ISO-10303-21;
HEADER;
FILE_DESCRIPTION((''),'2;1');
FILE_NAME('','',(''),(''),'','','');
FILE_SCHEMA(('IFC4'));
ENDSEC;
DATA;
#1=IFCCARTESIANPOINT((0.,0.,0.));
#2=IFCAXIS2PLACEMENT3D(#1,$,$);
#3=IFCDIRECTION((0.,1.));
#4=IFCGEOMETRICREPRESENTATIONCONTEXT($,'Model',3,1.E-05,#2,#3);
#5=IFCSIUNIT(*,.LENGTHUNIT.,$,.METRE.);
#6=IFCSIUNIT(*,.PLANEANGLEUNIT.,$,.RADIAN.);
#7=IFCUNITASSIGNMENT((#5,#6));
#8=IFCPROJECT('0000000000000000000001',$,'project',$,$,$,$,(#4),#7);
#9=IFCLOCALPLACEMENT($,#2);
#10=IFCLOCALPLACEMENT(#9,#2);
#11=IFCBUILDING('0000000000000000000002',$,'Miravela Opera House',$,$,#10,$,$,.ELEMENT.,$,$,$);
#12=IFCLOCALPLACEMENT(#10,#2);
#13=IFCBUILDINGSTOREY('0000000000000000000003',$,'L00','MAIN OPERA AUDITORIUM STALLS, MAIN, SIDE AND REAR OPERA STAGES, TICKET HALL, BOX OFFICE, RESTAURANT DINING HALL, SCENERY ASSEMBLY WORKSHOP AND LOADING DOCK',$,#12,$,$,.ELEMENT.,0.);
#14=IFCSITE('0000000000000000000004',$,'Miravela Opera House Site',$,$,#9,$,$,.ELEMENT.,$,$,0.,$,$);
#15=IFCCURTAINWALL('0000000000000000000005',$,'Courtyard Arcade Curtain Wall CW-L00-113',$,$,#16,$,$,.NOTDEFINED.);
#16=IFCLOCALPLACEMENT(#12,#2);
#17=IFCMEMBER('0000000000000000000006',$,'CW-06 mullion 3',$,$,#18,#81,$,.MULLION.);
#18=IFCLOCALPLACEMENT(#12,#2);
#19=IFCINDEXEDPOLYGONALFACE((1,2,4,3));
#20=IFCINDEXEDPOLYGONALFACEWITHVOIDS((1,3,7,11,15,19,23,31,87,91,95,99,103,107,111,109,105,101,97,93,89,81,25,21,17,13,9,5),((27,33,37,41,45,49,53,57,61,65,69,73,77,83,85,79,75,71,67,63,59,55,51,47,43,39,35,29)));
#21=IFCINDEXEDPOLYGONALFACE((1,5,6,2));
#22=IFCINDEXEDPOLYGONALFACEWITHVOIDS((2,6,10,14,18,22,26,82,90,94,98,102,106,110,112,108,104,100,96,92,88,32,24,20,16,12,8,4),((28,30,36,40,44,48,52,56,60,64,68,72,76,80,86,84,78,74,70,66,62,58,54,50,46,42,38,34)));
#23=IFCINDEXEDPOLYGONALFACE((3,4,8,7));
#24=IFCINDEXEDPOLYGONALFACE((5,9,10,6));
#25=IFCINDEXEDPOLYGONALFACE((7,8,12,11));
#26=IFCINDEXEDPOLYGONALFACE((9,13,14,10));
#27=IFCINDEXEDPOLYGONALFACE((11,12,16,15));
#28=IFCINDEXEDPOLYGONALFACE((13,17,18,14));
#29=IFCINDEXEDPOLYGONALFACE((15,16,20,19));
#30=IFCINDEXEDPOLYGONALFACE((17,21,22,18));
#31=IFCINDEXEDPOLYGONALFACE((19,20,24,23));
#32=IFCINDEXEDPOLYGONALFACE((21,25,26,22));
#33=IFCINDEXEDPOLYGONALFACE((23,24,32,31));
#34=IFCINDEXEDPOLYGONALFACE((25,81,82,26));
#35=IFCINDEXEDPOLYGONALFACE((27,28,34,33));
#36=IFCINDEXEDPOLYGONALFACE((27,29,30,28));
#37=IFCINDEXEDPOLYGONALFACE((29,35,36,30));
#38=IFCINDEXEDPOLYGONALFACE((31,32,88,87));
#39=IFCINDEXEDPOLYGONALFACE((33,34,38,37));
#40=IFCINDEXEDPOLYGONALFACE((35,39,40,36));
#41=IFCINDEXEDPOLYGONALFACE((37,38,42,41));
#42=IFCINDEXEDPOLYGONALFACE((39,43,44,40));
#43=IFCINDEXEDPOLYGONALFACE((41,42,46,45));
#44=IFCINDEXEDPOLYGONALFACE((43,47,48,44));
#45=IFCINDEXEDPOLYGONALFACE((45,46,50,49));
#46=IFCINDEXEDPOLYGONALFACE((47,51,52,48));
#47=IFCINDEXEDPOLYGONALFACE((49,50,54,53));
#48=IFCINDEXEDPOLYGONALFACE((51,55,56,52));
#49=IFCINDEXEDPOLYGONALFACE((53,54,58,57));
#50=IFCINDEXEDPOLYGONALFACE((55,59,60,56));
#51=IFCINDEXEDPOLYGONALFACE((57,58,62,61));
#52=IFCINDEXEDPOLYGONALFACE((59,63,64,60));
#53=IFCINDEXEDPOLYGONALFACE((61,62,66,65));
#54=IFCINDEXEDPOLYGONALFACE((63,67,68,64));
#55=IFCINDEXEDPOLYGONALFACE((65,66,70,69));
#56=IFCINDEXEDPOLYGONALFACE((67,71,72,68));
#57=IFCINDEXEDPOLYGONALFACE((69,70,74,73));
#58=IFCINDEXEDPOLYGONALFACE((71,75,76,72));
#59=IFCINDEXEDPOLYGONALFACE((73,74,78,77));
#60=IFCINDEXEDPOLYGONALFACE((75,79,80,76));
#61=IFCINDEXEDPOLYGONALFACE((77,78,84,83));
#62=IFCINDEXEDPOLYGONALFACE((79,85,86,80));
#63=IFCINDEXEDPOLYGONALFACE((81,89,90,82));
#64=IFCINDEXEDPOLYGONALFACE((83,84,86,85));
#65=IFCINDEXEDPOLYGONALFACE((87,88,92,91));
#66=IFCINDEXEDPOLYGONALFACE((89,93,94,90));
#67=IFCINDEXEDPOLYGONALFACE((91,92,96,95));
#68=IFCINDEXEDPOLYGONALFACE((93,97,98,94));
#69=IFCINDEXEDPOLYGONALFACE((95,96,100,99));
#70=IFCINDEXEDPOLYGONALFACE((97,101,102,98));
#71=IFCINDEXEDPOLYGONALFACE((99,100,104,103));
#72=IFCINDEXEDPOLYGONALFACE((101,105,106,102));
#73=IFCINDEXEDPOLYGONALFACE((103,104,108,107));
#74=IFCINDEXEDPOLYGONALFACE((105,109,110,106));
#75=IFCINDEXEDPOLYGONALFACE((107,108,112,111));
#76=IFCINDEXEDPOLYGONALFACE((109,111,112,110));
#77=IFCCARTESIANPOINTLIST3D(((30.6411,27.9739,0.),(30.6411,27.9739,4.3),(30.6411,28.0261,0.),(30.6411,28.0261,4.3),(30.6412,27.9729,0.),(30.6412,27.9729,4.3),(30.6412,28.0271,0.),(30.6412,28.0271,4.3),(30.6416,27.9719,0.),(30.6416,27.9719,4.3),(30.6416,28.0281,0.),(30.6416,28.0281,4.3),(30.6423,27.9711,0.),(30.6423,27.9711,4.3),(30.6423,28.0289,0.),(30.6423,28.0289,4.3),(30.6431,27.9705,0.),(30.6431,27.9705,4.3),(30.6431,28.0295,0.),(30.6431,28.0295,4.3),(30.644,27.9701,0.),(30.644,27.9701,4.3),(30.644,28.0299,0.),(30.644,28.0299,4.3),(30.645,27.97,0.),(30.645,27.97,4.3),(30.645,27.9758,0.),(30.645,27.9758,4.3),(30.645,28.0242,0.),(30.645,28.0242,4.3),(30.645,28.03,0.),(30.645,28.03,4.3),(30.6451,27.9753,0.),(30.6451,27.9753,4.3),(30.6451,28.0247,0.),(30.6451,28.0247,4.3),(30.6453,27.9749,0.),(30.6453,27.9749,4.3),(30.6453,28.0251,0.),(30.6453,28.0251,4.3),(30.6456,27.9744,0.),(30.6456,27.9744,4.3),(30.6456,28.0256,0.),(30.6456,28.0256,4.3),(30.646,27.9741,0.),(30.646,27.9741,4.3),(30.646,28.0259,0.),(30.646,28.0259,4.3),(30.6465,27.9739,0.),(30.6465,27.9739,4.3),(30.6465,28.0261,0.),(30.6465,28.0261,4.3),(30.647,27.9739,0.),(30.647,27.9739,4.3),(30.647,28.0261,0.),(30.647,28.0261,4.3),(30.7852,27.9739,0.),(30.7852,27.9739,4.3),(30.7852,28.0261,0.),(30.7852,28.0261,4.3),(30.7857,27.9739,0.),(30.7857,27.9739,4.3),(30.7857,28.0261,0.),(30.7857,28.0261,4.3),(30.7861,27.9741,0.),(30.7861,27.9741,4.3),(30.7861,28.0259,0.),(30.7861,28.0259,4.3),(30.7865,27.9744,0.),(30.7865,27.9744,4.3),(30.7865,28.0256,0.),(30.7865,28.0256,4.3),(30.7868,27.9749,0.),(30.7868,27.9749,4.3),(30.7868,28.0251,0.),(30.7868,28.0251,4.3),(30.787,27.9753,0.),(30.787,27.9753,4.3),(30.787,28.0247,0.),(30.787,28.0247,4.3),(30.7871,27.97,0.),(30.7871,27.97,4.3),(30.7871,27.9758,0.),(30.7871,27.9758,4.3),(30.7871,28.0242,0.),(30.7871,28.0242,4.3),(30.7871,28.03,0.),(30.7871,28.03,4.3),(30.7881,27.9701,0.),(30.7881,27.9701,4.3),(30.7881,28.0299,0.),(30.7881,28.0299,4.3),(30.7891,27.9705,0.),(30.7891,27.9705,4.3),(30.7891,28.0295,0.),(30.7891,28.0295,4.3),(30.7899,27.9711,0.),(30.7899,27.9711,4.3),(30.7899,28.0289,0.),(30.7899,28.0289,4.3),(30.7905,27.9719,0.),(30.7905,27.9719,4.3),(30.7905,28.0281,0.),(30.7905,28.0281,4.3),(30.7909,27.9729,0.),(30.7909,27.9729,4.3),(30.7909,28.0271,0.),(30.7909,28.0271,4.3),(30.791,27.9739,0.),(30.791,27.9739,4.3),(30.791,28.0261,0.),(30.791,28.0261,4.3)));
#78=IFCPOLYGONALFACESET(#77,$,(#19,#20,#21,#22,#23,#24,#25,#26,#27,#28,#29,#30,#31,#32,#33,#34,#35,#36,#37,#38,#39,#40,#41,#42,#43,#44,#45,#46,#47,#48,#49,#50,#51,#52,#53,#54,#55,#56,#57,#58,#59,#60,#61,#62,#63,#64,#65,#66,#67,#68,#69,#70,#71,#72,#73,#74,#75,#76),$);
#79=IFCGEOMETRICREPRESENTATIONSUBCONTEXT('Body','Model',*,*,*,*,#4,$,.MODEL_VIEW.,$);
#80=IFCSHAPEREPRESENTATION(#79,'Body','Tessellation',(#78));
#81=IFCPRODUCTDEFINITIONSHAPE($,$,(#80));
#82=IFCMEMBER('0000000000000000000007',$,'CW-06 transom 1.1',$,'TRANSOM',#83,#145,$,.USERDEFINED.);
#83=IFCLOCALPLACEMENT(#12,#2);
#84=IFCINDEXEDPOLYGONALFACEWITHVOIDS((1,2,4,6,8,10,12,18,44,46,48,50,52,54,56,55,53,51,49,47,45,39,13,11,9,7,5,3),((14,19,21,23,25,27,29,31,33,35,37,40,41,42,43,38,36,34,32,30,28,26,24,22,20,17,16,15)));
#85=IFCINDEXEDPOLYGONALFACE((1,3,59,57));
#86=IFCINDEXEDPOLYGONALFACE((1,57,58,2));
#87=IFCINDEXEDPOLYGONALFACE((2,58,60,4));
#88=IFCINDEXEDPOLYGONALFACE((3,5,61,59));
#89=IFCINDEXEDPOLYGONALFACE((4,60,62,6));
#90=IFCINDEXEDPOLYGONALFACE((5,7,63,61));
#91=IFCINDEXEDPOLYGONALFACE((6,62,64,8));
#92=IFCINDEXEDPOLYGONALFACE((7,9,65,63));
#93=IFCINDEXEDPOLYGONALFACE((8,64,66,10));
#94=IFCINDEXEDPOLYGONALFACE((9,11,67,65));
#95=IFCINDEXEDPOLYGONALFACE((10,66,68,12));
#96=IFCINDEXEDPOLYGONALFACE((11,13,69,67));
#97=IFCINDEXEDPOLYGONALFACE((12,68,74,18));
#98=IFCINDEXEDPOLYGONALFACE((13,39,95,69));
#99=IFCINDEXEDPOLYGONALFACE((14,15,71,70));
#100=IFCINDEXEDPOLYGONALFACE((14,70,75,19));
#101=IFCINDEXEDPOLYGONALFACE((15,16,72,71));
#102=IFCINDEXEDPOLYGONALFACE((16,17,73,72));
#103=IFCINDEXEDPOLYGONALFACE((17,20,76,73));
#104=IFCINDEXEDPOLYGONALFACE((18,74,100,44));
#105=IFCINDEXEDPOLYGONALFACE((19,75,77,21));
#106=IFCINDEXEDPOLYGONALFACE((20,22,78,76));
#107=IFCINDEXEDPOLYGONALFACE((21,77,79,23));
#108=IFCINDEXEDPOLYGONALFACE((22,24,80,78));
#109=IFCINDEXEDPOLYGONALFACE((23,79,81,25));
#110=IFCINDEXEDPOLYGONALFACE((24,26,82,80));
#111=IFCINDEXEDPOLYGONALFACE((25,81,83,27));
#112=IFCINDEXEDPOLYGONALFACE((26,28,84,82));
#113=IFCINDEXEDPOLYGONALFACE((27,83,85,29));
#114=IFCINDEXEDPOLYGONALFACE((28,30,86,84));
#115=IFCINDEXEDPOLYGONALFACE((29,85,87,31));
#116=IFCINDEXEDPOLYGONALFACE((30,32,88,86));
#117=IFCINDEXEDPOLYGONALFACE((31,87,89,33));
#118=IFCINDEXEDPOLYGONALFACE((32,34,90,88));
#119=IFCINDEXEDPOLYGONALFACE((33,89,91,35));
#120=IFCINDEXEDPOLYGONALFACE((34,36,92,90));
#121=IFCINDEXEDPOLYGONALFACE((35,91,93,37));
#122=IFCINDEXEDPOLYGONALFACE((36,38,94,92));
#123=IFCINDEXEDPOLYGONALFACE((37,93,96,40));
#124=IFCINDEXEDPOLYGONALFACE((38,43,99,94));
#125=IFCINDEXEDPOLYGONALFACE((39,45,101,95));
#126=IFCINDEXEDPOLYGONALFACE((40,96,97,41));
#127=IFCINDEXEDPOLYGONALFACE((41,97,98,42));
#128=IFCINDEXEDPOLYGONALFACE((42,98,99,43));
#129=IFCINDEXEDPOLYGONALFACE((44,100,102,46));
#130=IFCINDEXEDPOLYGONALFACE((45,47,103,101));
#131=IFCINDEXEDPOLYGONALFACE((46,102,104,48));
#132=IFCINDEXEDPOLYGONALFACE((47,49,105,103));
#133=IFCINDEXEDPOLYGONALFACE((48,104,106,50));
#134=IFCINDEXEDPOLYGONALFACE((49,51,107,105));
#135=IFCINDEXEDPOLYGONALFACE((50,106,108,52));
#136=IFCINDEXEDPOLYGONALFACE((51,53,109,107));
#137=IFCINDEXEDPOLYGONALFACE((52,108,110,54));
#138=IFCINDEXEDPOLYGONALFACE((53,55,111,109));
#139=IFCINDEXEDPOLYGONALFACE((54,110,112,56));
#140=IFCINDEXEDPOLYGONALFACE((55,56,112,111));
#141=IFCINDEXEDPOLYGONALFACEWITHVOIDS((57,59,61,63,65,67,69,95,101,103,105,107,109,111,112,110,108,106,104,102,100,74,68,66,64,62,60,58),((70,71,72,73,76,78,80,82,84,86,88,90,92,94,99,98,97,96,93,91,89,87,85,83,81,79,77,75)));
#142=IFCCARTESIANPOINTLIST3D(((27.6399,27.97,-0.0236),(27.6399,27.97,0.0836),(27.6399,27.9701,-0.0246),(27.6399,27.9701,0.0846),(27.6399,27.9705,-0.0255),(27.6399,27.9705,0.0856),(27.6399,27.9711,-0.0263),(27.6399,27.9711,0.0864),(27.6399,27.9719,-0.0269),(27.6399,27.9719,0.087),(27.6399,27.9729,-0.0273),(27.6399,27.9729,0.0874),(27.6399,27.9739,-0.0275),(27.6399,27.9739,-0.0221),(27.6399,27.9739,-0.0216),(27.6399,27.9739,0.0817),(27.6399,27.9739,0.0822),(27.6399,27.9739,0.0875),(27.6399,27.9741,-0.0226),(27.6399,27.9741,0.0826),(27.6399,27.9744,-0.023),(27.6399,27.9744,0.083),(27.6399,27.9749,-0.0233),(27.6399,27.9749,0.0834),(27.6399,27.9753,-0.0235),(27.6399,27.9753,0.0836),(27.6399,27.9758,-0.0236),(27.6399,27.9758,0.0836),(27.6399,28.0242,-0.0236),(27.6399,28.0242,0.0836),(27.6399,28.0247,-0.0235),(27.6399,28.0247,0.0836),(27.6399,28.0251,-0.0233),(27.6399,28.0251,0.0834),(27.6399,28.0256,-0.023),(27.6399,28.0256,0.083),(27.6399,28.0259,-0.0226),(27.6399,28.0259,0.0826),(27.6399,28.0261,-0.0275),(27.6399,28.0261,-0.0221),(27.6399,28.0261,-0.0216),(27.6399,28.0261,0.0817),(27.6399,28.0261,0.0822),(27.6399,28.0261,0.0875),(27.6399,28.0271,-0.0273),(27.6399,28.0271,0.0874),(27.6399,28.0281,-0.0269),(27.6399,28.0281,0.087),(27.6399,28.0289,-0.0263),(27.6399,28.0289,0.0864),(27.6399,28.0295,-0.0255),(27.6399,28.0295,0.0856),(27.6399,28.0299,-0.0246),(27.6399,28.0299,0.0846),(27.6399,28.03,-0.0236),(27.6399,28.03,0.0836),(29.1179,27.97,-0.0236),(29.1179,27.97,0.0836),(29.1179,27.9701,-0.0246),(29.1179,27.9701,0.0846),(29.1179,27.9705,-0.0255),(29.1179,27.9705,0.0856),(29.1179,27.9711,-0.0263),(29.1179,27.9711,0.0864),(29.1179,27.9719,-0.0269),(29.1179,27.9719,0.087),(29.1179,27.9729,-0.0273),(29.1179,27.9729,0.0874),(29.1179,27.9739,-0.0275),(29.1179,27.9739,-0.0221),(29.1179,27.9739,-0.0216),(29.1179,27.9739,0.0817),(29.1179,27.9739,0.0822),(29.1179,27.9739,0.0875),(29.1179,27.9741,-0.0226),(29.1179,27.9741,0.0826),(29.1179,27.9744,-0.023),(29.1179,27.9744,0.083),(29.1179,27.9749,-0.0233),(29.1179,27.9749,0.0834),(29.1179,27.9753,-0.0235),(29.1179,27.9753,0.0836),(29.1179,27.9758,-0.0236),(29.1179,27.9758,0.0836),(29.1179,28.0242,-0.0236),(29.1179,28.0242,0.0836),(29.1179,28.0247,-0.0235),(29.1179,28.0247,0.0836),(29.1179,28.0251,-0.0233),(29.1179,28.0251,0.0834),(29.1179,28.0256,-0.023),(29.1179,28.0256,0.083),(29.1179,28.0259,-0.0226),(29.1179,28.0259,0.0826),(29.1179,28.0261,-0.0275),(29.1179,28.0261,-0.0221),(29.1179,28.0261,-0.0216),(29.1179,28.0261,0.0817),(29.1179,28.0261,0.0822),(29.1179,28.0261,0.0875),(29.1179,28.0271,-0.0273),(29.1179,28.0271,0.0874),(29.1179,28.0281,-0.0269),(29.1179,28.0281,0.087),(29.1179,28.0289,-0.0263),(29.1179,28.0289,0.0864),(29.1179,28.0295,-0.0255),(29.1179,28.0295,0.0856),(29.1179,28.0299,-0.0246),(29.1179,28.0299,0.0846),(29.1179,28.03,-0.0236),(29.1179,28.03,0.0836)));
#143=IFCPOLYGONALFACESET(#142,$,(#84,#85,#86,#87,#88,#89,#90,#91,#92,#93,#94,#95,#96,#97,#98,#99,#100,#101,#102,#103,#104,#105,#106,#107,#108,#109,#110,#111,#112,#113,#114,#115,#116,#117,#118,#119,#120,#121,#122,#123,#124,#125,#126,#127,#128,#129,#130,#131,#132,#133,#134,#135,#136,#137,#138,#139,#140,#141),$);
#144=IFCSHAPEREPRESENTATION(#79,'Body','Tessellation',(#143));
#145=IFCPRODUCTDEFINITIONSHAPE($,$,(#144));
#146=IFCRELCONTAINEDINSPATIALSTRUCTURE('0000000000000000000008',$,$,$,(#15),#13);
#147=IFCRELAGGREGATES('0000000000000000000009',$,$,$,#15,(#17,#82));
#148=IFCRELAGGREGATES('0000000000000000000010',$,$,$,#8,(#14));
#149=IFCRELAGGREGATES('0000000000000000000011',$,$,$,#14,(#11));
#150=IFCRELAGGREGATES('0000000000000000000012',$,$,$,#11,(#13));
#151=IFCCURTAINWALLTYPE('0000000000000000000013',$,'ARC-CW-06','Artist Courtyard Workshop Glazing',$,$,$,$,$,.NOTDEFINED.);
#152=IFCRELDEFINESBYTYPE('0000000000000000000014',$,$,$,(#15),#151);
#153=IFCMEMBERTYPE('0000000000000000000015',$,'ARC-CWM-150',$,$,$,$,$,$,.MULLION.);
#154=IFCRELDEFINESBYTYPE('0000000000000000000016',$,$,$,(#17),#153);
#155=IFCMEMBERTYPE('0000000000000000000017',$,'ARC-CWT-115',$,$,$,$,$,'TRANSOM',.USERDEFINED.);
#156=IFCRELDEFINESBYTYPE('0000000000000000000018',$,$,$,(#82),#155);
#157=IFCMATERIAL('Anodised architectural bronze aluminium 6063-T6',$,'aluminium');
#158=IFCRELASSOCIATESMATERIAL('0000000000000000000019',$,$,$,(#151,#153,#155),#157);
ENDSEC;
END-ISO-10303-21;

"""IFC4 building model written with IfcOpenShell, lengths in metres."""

from ifc_helpers import new_model, si_unit, direction, frame, origin, origin_2d, place, context, subcontext, project, spatial, hollow_rectangle, extrude, material, material_profile, profile_set, type_object, element, aggregate, save


model = new_model("IFC4")

# Units and contexts
model_context = context("Model", 3, precision=1e-05, world=origin(), true_north=direction((0.0, 1.0)))
body_context = subcontext(model_context, "Body", "Model", "MODEL_VIEW")
ifc_project = project(units=[si_unit("LENGTHUNIT", "METRE"), si_unit("PLANEANGLEUNIT", "RADIAN")], contexts=[model_context])

# Site, building, storey
site_placement = place(None, origin())
site = spatial("IfcSite", under=ifc_project, at=site_placement, Name="Miravela Opera House Site", CompositionType="ELEMENT", RefElevation=0.0)
building_placement = place(site_placement, origin())
building = spatial("IfcBuilding", under=site, at=building_placement, Name="Miravela Opera House", CompositionType="ELEMENT")
storey_placement = place(building_placement, origin())
storey = spatial("IfcBuildingStorey", under=building, at=storey_placement, Name="L00", Description="MAIN OPERA AUDITORIUM STALLS, MAIN, SIDE AND REAR OPERA STAGES, TICKET HALL, BOX OFFICE, RESTAURANT DINING HALL, SCENERY ASSEMBLY WORKSHOP AND LOADING DOCK", CompositionType="ELEMENT", Elevation=0.0)

# Curtain wall, members
ifc_material_1 = material(Name="Anodised architectural bronze aluminium 6063-T6", Category="aluminium")
curtain_wall_type = type_object("IfcCurtainWallType", Name="ARC-CW-06", Description="Artist Courtyard Workshop Glazing", PredefinedType="NOTDEFINED", material=ifc_material_1)
curtain_wall_placement = place(storey_placement, origin())
curtain_wall = element("IfcCurtainWall", 1, at=curtain_wall_placement, inside=storey, type_object=curtain_wall_type, Name="Courtyard Arcade Curtain Wall CW-L00-113", PredefinedType="NOTDEFINED")
ifc_material_profile_1 = material_profile(ifc_material_1, hollow_rectangle(XDim=0.0601, YDim=0.1499, WallThickness=0.0039, InnerFilletRadius=0.002, OuterFilletRadius=0.0039, at=origin_2d()), Name="CWM-60X150")
ifc_profile_set_1 = profile_set([ifc_material_profile_1])
member_type_1 = type_object("IfcMemberType", Name="ARC-CWM-150", PredefinedType="MULLION", material=ifc_profile_set_1)
member_1_placement = place(storey_placement, frame((30.7161, 28.0, 0.0), z_axis=(0.0, 0.0, 1.0), x_axis=(0.0, 1.0, 0.0)))
member_1 = element("IfcMember", 2, at=member_1_placement, type_object=member_type_1, Name="CW-06 mullion 3", PredefinedType="MULLION", context=body_context, shape_type="SweptSolid", body=[
    extrude(hollow_rectangle(XDim=0.0601, YDim=0.1499, WallThickness=0.0039, InnerFilletRadius=0.002, OuterFilletRadius=0.0039, at=origin_2d()), origin(), (0.0, 0.0, 1.0), 4.3),
])
ifc_material_profile_2 = material_profile(ifc_material_1, hollow_rectangle(XDim=0.0601, YDim=0.115, WallThickness=0.0039, InnerFilletRadius=0.002, OuterFilletRadius=0.0039, at=origin_2d()), Name="CWT-60X115")
ifc_profile_set_2 = profile_set([ifc_material_profile_2])
member_type_2 = type_object("IfcMemberType", Name="ARC-CWT-115", ElementType="TRANSOM", PredefinedType="USERDEFINED", material=ifc_profile_set_2)
member_2_placement = place(storey_placement, frame((27.6399, 28.0, 0.03), z_axis=(1.0, 0.0, 0.0), x_axis=(0.0, 1.0, 0.0)))
member_2 = element("IfcMember", 3, at=member_2_placement, type_object=member_type_2, Name="CW-06 transom 1.1", ObjectType="TRANSOM", PredefinedType="USERDEFINED", context=body_context, shape_type="SweptSolid", body=[
    extrude(hollow_rectangle(XDim=0.0601, YDim=0.115, WallThickness=0.0039, InnerFilletRadius=0.002, OuterFilletRadius=0.0039, at=origin_2d()), origin(), (0.0, 0.0, 1.0), 1.478),
])
aggregate(curtain_wall, [member_1, member_2])

save(model, "model.ifc")
